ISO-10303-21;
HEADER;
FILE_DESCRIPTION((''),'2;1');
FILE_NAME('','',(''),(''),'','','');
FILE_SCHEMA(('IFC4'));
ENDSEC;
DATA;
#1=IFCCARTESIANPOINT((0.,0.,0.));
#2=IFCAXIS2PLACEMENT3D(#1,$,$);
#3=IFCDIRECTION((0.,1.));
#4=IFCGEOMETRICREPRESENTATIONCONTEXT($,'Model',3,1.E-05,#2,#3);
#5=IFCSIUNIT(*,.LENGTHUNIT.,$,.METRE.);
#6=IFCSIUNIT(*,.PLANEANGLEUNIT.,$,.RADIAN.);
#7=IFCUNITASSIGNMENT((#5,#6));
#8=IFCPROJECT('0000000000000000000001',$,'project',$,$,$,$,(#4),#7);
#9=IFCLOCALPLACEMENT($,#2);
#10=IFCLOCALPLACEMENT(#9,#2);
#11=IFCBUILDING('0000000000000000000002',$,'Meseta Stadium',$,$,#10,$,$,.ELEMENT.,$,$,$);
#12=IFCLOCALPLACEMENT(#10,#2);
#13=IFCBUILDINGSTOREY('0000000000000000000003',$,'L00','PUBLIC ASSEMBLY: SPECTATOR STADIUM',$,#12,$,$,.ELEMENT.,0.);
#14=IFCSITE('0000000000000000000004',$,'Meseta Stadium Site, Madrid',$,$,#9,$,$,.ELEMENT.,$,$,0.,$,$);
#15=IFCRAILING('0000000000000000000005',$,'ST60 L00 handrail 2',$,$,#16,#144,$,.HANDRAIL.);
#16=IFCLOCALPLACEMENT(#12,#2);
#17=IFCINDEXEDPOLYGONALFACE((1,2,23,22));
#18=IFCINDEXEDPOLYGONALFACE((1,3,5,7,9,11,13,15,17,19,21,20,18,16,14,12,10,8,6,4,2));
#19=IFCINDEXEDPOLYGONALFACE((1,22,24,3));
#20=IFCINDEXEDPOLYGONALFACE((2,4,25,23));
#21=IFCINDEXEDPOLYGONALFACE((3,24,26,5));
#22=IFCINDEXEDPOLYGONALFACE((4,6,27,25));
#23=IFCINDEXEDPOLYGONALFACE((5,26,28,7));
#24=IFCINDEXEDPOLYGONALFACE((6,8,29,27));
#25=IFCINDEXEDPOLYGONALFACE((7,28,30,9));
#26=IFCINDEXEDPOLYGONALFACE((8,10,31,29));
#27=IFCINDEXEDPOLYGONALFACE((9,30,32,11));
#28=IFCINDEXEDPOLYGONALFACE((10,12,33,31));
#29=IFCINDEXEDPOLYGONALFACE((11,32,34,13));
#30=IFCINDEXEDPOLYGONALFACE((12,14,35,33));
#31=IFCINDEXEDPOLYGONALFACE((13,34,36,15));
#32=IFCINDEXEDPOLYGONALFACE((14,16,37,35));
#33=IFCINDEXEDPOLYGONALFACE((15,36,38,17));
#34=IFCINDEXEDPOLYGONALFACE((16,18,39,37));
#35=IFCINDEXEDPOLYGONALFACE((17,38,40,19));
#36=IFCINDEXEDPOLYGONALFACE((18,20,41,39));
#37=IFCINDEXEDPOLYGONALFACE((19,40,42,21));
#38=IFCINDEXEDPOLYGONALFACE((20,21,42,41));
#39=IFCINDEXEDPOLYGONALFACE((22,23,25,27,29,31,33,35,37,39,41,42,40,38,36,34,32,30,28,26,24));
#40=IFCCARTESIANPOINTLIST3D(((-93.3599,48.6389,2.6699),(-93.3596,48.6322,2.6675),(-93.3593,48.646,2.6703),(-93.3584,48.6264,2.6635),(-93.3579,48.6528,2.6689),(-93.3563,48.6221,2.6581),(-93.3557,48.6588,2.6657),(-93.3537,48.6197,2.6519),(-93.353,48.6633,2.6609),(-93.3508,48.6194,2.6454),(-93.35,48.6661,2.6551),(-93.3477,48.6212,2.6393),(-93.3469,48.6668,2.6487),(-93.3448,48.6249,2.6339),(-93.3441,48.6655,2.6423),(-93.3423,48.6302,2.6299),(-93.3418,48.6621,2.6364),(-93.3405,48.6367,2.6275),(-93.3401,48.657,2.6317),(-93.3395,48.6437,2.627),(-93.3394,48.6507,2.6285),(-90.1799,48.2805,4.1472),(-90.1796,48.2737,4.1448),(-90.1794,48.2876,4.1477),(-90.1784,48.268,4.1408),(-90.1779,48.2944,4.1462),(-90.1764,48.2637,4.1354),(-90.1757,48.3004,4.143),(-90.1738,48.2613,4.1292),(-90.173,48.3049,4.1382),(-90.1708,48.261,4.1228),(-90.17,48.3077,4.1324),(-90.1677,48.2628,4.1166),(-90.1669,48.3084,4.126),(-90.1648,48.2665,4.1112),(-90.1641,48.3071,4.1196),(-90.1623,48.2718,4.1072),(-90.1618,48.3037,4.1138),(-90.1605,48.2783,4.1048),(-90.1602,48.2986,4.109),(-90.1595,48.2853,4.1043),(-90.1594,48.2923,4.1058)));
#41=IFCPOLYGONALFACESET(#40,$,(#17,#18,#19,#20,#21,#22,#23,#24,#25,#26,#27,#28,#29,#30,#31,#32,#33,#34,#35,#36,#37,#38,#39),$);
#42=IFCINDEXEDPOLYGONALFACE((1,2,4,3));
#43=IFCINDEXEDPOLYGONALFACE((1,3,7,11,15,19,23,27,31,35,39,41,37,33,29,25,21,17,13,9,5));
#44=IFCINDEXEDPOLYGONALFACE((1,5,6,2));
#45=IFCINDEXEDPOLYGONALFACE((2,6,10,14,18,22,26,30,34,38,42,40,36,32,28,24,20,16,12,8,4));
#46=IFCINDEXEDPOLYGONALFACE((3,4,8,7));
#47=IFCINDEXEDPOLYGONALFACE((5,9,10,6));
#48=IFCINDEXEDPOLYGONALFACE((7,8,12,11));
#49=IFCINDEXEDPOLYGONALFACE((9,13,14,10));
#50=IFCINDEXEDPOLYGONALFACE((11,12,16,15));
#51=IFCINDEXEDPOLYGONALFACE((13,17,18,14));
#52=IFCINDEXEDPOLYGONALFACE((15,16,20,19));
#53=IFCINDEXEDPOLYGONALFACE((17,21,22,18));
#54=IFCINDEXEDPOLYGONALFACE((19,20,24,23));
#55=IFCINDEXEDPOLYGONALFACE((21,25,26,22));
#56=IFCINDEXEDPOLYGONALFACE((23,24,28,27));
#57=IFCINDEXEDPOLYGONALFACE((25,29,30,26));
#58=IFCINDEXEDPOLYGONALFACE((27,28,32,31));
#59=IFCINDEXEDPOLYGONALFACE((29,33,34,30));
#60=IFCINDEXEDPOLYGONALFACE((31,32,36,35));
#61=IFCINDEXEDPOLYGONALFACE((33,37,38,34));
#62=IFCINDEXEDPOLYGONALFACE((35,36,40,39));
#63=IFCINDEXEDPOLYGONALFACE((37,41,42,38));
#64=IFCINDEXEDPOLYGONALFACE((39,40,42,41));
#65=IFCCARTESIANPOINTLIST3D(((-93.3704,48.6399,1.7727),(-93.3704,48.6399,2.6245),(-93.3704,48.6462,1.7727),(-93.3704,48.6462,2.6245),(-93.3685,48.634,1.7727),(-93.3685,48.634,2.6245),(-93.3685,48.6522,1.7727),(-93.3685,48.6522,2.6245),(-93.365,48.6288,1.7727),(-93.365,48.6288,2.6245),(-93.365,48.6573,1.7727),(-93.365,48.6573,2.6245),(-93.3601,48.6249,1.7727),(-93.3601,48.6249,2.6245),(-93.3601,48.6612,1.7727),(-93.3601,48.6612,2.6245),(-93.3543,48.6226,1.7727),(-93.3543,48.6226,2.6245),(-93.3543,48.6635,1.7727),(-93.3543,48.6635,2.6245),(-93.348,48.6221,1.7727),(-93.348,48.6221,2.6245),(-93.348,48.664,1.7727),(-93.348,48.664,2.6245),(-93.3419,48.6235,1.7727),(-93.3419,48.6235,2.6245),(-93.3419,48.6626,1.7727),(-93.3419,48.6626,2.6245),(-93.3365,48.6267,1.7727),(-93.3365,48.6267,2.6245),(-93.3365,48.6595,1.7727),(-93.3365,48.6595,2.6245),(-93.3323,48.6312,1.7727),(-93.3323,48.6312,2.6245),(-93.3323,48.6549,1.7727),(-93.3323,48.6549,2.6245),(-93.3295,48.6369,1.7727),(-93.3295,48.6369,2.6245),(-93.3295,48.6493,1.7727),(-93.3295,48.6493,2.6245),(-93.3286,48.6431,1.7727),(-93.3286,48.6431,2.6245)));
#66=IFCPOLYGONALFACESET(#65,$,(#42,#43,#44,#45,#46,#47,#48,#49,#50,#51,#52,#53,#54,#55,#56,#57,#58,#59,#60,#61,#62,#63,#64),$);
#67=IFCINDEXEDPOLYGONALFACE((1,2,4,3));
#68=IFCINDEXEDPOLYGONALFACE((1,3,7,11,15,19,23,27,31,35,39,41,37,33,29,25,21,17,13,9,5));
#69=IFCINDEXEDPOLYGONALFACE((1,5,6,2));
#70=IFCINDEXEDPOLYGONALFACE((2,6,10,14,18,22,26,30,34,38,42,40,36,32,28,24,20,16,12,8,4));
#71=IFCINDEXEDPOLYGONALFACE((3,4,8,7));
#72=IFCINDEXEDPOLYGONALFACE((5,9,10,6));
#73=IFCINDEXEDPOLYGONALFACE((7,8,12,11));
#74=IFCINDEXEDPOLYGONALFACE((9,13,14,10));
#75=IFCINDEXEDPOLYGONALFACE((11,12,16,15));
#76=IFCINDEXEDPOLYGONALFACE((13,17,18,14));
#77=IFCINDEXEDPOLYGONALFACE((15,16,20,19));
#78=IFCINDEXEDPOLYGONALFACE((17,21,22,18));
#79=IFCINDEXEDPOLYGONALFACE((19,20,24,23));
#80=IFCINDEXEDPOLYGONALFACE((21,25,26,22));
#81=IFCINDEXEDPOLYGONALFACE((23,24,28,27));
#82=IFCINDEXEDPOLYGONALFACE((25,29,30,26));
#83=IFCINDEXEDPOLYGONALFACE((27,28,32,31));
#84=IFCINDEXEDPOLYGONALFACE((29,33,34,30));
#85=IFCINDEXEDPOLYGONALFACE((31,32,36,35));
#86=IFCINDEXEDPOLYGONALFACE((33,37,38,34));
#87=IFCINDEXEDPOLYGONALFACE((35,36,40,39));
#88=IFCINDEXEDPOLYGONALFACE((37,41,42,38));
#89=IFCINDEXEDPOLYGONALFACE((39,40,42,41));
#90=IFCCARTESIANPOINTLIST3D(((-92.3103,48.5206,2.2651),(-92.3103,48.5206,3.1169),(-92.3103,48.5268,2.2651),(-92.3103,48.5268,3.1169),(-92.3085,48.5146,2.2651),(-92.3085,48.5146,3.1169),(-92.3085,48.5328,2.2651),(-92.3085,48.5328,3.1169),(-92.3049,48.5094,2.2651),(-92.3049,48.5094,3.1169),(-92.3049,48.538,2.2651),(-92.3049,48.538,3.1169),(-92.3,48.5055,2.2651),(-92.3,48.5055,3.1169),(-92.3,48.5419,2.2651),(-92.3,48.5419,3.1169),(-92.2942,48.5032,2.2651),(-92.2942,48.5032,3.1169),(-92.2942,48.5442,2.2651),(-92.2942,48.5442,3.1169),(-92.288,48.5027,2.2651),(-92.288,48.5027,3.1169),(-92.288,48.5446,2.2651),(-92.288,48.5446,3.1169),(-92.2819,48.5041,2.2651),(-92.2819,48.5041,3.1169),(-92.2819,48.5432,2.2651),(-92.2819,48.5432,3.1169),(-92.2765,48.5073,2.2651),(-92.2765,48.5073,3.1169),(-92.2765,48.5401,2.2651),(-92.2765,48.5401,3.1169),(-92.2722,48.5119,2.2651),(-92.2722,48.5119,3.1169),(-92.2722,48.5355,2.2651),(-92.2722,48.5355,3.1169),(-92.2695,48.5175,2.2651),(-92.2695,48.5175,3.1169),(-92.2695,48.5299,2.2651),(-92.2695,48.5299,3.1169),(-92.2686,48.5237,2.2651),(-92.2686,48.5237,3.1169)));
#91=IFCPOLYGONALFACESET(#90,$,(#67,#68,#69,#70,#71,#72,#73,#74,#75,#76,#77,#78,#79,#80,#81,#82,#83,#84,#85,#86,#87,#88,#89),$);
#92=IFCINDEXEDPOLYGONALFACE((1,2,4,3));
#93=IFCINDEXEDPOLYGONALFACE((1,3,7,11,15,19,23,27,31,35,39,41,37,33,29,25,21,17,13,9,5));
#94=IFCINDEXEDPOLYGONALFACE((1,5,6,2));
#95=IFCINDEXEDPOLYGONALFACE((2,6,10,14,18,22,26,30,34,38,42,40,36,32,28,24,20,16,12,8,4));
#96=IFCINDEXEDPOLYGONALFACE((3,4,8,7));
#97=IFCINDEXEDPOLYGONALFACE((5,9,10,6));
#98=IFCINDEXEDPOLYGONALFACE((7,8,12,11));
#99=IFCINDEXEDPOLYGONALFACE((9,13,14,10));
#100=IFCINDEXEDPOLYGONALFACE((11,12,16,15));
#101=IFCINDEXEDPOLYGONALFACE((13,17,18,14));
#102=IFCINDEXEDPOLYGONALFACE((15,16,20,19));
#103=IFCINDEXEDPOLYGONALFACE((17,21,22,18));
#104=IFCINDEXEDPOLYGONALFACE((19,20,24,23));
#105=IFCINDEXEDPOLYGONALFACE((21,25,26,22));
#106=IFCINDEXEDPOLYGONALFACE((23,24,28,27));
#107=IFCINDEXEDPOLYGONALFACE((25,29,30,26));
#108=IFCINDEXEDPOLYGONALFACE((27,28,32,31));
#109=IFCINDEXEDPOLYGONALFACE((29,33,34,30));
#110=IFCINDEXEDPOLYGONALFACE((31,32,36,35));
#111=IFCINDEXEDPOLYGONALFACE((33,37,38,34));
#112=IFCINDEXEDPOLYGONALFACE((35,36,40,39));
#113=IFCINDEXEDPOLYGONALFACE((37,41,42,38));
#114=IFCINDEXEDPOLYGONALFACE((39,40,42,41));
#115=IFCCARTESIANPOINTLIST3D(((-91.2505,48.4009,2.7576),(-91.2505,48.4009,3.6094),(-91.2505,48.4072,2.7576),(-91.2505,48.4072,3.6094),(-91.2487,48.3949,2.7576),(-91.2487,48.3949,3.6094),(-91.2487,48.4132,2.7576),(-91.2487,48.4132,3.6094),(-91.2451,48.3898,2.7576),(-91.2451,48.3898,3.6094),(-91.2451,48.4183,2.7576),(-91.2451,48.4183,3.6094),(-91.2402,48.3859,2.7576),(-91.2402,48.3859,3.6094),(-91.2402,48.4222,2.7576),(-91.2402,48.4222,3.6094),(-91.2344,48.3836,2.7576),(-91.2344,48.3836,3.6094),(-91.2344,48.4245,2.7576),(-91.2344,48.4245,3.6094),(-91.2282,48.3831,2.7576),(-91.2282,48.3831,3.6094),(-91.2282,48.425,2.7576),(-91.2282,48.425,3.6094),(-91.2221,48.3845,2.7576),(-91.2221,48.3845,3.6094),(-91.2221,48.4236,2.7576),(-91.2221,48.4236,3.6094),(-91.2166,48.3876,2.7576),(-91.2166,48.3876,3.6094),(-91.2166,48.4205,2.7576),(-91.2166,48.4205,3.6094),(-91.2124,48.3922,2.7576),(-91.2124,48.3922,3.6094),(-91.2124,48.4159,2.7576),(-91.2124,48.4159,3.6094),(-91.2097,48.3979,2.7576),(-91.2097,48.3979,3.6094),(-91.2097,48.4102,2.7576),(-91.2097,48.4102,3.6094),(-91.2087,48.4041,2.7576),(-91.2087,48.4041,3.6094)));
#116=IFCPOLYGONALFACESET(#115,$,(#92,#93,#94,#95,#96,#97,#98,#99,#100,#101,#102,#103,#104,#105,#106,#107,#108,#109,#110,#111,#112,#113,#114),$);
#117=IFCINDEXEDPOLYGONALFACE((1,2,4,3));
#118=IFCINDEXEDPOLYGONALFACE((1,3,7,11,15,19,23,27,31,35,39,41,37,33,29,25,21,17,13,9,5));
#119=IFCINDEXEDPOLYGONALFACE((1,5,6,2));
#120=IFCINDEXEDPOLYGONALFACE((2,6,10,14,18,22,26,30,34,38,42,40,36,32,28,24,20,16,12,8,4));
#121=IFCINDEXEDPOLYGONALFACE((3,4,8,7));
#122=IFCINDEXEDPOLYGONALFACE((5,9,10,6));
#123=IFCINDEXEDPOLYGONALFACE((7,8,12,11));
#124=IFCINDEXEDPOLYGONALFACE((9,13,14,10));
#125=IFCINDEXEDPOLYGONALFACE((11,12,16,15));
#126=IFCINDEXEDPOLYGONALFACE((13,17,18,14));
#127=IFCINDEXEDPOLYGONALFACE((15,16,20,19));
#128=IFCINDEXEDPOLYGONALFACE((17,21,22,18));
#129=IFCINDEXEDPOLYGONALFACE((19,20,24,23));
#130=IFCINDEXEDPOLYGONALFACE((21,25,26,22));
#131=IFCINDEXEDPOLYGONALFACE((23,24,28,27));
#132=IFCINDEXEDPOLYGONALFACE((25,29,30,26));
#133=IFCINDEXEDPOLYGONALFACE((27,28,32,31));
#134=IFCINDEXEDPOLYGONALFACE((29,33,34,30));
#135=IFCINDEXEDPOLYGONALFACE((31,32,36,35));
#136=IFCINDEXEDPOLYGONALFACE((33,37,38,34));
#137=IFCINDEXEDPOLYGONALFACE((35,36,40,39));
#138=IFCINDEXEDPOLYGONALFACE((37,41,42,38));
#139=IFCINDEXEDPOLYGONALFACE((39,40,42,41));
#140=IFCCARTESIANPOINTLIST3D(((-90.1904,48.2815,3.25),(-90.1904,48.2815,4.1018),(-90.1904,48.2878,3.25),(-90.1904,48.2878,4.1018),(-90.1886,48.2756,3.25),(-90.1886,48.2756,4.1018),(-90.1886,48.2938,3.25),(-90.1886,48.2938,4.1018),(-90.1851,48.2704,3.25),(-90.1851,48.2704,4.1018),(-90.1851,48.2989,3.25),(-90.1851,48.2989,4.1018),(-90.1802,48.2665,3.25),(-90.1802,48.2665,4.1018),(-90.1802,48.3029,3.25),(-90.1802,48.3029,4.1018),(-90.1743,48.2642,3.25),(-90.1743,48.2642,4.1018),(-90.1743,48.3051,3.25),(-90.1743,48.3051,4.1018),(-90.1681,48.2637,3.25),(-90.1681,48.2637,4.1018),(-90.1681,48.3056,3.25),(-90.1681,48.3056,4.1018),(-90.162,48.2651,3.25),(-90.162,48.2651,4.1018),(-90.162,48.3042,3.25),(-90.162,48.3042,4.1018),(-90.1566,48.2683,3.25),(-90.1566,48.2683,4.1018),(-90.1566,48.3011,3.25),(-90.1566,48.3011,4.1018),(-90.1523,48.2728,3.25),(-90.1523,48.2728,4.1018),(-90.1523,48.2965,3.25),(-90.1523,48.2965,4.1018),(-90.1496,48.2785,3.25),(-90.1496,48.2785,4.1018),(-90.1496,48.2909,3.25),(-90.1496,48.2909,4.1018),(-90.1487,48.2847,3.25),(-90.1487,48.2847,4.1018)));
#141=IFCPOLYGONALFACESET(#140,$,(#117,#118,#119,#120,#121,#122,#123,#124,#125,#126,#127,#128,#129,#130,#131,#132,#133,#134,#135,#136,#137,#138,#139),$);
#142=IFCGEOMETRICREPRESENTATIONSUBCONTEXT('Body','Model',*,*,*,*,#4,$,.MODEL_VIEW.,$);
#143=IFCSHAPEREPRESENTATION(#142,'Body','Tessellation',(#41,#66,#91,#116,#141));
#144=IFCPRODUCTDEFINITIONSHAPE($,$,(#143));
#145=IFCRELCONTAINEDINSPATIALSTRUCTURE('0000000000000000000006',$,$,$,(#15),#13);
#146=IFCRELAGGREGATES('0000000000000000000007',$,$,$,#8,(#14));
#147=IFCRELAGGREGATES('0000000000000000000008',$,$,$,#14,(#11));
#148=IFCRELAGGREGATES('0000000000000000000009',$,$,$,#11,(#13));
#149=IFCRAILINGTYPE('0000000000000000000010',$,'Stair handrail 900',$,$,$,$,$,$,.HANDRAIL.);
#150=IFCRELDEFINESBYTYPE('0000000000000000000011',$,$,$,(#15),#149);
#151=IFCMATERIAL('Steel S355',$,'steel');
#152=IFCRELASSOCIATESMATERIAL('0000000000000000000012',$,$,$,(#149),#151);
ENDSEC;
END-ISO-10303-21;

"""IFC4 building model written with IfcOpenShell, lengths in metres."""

from ifc_helpers import new_model, si_unit, direction, frame, origin, origin_2d, place, context, subcontext, project, spatial, circle, extrude, material, type_object, element, save


model = new_model("IFC4")

# Units and contexts
model_context = context("Model", 3, precision=1e-05, world=origin(), true_north=direction((0.0, 1.0)))
body_context = subcontext(model_context, "Body", "Model", "MODEL_VIEW")
ifc_project = project(units=[si_unit("LENGTHUNIT", "METRE"), si_unit("PLANEANGLEUNIT", "RADIAN")], contexts=[model_context])

# Site, building, storey
site_placement = place(None, origin())
site = spatial("IfcSite", under=ifc_project, at=site_placement, Name="Meseta Stadium Site, Madrid", CompositionType="ELEMENT", RefElevation=0.0)
building_placement = place(site_placement, origin())
building = spatial("IfcBuilding", under=site, at=building_placement, Name="Meseta Stadium", CompositionType="ELEMENT")
storey_placement = place(building_placement, origin())
storey = spatial("IfcBuildingStorey", under=building, at=storey_placement, Name="L00", Description="PUBLIC ASSEMBLY: SPECTATOR STADIUM", CompositionType="ELEMENT", Elevation=0.0)

# Railing
ifc_material_1 = material(Name="Steel S355", Category="steel")
railing_type_1 = type_object("IfcRailingType", Name="Stair handrail 900", PredefinedType="HANDRAIL", material=ifc_material_1)
for number, where, name in (
    (1, (-93.3496, 48.6431, 1.7727), "ST60 L00 handrail 2"),
):
    element("IfcRailing", number, at=place(storey_placement, frame(where)), inside=storey, type_object=railing_type_1, Name=name, PredefinedType="HANDRAIL", context=body_context, shape_type="SweptSolid", body=[
        extrude(circle(Radius=0.0239, at=origin_2d()), frame((0.0, 0.0, 0.876), z_axis=(0.90221, -0.101685, 0.419138), x_axis=(0.111997, 0.993709, 0.0)), (0.0, 0.0, 1.0), 3.5247),
        extrude(circle(Radius=0.021, at=origin_2d()), origin(), (0.0, 0.0, 1.0), 0.8518),
        extrude(circle(Radius=0.021, at=origin_2d()), frame((1.0601, -0.1194, 0.4924)), (0.0, 0.0, 1.0), 0.8518),
        extrude(circle(Radius=0.021, at=origin_2d()), frame((2.1199, -0.239, 0.9849)), (0.0, 0.0, 1.0), 0.8518),
        extrude(circle(Radius=0.021, at=origin_2d()), frame((3.1799, -0.3584, 1.4773)), (0.0, 0.0, 1.0), 0.8518),
    ])

save(model, "model.ifc")
